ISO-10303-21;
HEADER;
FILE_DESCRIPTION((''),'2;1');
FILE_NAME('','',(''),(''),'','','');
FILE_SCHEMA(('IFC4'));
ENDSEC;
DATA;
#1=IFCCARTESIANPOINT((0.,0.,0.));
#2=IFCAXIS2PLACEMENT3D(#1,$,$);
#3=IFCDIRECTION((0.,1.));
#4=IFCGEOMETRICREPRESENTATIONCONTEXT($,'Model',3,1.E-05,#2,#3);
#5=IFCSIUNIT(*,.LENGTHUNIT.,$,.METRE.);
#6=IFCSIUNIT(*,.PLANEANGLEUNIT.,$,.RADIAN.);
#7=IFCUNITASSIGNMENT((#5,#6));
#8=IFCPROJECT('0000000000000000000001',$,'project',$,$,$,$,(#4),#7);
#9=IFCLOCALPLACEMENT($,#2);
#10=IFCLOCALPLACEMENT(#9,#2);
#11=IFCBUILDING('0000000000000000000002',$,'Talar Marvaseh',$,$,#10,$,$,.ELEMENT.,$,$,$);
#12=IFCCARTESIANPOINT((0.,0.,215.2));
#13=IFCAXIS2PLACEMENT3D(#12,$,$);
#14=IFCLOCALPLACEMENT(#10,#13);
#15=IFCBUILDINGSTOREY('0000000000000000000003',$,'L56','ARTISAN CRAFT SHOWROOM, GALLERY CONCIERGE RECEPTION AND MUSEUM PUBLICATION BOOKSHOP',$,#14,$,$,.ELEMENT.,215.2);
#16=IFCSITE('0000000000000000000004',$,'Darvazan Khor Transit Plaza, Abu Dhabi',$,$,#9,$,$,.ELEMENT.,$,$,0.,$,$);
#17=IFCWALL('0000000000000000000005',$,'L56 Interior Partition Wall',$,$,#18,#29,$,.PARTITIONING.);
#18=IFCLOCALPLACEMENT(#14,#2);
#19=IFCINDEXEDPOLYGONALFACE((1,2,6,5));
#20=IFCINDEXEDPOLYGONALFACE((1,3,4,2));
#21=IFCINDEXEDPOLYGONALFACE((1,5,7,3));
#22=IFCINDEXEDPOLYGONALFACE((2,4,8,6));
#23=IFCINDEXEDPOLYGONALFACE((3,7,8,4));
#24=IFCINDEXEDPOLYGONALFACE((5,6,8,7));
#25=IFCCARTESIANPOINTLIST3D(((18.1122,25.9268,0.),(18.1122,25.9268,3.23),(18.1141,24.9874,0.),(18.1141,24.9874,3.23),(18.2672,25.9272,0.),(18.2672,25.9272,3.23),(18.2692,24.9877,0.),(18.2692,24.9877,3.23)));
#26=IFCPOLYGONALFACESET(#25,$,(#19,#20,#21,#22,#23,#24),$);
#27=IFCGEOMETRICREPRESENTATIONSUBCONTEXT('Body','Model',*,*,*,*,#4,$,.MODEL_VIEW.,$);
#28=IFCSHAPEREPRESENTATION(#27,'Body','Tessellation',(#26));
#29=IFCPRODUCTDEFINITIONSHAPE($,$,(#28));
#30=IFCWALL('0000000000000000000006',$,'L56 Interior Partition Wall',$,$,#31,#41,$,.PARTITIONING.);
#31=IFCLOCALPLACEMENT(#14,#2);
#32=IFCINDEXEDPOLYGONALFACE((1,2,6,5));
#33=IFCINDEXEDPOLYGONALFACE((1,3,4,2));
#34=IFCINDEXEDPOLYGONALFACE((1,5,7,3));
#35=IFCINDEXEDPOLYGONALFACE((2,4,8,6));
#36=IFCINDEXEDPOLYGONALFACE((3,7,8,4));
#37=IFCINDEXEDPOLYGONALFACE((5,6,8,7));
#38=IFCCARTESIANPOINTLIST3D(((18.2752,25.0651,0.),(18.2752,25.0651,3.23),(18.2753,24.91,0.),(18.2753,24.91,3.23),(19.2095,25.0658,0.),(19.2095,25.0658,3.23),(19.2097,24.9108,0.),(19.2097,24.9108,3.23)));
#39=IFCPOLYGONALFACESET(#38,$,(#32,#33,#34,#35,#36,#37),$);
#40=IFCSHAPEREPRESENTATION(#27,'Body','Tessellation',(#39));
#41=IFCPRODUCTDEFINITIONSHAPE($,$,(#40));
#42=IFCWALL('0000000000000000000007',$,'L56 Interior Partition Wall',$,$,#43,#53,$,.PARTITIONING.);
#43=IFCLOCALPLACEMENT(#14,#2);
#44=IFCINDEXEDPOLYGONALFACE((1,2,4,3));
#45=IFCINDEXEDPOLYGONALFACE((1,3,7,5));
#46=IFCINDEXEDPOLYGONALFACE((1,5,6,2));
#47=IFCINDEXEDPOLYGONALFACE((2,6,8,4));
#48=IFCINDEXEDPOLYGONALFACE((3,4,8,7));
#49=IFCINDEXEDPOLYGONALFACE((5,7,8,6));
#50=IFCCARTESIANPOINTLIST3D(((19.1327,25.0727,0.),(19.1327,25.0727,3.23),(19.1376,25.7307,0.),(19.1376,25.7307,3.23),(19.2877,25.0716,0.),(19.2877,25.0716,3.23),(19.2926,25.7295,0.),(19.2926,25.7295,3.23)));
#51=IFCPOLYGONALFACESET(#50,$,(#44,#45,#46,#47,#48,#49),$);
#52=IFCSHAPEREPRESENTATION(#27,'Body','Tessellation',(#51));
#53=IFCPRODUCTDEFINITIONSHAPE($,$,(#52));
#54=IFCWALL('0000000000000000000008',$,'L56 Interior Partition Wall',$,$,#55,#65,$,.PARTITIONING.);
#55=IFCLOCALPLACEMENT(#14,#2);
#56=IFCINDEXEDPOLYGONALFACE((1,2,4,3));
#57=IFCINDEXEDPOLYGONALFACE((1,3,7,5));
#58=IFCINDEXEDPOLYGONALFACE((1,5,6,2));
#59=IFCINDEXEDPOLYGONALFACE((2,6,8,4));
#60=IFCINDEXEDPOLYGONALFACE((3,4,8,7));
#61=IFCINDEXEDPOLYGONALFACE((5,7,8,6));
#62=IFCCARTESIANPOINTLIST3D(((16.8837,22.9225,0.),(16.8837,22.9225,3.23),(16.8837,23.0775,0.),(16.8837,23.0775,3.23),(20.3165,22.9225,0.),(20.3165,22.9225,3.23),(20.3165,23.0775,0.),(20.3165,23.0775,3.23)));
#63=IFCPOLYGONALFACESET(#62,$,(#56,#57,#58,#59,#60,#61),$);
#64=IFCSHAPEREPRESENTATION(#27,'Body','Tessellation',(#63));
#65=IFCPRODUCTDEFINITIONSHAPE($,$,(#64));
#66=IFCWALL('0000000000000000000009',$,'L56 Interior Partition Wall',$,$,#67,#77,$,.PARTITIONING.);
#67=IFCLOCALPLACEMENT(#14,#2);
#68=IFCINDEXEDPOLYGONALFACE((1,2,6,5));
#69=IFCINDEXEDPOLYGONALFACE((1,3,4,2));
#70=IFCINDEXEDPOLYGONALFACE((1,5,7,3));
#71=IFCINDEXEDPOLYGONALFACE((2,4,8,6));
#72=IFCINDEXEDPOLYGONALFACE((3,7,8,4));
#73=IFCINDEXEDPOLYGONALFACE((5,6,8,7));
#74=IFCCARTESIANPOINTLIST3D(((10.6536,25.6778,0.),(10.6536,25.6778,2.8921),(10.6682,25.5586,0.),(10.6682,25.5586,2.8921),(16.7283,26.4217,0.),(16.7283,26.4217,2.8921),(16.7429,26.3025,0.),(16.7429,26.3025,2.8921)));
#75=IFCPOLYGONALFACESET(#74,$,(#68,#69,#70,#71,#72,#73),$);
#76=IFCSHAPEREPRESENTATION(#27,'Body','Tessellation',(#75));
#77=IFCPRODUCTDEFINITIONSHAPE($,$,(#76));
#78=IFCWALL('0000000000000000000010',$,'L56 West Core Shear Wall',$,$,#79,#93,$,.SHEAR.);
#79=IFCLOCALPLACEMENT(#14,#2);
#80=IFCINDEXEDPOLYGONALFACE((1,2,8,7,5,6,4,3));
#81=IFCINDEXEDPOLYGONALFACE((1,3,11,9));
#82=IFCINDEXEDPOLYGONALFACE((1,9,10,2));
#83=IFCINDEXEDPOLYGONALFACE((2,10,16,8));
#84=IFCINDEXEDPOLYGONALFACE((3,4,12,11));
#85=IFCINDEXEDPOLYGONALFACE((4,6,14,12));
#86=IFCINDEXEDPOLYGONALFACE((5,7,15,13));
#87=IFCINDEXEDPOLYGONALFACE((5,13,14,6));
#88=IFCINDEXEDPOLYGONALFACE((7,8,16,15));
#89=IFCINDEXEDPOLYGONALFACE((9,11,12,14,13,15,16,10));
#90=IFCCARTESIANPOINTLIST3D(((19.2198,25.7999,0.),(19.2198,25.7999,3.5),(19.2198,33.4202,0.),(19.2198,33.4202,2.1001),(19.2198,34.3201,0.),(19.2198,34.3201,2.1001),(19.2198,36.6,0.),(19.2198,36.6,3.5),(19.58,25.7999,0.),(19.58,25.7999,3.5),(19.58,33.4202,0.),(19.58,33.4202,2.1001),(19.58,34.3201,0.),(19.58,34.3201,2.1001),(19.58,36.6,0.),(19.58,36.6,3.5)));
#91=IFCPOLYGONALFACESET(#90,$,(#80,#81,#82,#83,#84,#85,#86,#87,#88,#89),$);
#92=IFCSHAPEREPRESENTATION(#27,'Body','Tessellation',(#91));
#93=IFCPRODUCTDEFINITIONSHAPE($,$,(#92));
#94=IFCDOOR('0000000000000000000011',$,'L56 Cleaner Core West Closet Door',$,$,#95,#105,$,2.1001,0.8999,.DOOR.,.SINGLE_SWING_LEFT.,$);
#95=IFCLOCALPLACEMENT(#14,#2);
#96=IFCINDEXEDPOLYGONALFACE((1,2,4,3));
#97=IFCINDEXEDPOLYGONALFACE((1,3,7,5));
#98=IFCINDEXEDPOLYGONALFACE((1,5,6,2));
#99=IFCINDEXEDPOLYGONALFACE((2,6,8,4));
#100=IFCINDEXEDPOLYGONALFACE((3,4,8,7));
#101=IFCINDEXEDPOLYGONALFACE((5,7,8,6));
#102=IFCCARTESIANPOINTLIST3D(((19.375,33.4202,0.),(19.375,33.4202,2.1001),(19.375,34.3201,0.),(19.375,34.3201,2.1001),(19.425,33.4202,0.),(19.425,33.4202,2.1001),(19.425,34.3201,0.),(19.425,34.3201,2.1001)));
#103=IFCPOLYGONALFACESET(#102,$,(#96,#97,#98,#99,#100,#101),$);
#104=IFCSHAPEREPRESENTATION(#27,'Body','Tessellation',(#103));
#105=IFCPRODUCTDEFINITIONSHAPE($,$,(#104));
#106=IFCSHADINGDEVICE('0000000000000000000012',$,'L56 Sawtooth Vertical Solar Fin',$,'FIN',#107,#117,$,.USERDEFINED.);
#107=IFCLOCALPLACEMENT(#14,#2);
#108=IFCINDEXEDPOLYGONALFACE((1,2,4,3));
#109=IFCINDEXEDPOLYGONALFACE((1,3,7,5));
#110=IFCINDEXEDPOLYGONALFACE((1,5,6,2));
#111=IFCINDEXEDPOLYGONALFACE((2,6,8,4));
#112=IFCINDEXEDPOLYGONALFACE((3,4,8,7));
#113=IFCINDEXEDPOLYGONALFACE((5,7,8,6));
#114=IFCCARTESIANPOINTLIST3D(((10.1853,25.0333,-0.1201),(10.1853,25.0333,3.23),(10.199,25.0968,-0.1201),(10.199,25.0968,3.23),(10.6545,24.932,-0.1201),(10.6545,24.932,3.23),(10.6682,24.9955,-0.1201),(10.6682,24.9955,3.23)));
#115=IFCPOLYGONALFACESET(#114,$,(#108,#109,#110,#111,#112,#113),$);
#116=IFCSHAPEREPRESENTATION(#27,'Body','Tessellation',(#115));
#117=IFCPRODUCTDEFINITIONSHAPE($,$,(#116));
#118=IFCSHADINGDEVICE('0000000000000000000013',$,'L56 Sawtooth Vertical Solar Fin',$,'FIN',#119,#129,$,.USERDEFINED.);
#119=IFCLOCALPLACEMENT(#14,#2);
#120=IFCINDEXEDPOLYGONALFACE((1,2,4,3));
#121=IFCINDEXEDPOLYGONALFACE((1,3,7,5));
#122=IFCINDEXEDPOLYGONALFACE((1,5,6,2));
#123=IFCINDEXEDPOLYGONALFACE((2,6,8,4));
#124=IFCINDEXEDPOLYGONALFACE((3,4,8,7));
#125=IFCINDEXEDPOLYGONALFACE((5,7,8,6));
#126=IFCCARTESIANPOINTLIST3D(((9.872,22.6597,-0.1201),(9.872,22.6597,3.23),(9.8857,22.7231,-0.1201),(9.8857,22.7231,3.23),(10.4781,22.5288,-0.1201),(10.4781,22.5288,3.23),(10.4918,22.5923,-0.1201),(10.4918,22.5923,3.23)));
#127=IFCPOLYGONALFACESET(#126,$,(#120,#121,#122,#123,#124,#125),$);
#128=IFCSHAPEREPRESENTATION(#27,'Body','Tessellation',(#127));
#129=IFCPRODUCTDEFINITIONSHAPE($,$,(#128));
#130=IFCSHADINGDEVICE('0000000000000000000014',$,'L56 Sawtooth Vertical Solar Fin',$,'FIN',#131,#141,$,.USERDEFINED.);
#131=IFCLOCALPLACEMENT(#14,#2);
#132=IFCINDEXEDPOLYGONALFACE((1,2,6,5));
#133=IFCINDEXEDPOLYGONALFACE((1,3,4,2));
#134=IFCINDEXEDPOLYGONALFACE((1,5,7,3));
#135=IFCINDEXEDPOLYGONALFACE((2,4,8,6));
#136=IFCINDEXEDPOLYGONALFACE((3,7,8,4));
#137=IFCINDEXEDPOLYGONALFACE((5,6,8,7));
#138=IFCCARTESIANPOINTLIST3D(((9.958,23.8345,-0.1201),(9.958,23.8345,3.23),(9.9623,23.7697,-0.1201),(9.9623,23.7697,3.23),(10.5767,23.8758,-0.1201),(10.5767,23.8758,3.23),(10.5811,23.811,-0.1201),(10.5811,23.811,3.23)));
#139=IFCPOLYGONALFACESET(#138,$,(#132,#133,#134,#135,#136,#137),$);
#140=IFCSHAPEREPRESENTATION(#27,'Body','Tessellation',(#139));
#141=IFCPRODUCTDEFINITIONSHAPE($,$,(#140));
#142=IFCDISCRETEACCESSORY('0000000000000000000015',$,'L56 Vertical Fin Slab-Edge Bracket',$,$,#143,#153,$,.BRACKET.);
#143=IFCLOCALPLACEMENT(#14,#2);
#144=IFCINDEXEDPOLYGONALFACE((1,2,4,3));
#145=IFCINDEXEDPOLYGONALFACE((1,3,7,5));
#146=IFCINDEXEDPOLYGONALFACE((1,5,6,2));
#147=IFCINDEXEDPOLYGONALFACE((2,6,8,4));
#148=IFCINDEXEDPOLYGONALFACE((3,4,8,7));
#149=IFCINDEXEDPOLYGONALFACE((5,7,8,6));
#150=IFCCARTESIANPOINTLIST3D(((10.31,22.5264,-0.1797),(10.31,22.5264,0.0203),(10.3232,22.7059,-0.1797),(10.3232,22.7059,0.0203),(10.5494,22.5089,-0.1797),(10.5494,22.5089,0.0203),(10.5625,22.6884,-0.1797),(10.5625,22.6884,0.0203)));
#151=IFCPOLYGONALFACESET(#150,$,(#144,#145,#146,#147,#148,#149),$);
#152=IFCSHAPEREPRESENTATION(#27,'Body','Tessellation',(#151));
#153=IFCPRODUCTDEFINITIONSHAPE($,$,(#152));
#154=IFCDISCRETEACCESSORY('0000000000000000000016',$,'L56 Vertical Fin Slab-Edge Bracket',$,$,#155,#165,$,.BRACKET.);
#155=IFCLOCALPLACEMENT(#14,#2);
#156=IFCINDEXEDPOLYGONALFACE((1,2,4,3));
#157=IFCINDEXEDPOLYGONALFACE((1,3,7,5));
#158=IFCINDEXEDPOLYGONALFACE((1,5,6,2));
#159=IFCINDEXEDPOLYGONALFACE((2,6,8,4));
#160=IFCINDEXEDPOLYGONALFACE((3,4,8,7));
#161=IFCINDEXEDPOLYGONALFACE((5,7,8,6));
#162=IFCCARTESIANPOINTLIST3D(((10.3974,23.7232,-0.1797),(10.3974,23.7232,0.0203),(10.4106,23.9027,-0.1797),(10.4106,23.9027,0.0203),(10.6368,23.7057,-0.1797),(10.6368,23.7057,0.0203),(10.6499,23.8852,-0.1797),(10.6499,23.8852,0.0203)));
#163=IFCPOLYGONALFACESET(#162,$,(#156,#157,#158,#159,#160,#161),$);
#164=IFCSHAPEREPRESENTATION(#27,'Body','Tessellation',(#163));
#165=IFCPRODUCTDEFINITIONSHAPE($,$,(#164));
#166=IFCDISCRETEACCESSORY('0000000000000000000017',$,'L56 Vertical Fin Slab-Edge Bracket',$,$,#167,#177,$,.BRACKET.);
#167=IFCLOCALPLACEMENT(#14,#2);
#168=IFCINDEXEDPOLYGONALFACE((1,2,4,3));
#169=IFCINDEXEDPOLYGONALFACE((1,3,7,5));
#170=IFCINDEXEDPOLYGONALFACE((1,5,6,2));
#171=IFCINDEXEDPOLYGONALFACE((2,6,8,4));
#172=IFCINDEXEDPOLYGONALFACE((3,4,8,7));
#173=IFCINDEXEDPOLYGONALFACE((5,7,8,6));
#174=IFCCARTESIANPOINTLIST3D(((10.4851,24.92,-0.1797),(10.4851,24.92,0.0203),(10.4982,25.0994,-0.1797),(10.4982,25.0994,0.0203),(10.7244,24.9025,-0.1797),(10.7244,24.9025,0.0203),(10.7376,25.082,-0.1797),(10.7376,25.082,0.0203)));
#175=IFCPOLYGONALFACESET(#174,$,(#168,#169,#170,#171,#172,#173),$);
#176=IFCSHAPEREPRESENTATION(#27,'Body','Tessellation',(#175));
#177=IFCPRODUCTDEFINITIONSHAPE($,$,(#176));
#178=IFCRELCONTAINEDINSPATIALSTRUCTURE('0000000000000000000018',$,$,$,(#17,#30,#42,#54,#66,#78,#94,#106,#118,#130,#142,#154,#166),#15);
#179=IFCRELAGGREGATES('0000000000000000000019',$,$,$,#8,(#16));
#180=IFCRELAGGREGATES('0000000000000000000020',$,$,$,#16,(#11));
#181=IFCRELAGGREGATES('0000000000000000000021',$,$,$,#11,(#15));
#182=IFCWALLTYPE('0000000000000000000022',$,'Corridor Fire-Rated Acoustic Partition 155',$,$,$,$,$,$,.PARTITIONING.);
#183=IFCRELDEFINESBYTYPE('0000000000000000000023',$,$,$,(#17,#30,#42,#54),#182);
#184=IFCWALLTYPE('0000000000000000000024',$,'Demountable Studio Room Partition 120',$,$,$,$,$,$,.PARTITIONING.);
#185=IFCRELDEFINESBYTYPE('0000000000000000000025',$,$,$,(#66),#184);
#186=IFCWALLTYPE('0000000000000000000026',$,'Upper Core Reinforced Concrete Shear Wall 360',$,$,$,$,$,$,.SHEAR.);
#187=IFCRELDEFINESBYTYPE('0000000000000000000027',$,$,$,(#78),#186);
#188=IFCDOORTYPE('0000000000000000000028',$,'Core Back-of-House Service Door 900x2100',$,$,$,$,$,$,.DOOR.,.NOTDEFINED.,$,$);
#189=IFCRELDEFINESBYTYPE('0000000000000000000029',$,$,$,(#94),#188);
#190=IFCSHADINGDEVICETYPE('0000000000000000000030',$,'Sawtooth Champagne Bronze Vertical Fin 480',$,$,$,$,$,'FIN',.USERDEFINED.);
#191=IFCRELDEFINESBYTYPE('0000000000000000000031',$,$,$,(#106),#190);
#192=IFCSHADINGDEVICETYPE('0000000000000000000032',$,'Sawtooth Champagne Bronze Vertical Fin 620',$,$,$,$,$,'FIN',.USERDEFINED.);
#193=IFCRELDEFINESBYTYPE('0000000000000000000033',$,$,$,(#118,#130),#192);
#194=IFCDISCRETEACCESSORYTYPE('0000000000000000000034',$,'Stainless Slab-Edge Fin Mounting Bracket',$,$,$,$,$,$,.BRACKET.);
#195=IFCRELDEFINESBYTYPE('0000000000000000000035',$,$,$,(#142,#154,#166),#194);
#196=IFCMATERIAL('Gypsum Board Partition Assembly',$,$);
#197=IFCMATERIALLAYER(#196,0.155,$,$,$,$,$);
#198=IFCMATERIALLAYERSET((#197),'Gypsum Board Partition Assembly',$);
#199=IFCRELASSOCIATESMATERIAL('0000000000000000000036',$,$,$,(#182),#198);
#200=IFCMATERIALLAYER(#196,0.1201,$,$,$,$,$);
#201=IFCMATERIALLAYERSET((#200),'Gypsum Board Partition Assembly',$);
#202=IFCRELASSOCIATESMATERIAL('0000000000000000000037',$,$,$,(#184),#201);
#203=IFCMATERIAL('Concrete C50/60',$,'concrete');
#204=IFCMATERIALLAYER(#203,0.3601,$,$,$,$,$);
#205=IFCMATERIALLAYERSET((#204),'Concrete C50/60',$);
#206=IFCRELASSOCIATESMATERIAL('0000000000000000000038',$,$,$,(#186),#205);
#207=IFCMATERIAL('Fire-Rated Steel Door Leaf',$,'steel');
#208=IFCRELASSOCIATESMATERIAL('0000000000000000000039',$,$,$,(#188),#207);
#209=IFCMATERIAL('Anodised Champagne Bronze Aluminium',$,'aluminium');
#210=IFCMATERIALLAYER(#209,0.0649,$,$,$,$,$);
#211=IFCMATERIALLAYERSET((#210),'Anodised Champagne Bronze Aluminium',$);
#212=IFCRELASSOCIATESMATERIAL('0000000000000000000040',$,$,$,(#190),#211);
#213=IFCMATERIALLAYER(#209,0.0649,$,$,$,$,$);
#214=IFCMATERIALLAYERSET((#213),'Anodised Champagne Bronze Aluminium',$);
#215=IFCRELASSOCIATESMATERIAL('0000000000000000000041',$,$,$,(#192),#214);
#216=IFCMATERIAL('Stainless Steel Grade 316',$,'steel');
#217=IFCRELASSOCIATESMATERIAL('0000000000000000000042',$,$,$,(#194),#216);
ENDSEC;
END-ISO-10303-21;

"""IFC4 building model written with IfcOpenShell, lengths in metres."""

from ifc_helpers import new_model, si_unit, direction, frame, frame_2d, origin, origin_2d, place, context, subcontext, project, spatial, rectangle, extrude, source, transform, mapped, material, layer, layer_set, type_object, type_shapes, element, fill, save


model = new_model("IFC4")

# Units and contexts
model_context = context("Model", 3, precision=1e-05, world=origin(), true_north=direction((0.0, 1.0)))
body_context = subcontext(model_context, "Body", "Model", "MODEL_VIEW")
ifc_project = project(units=[si_unit("LENGTHUNIT", "METRE"), si_unit("PLANEANGLEUNIT", "RADIAN")], contexts=[model_context])

# Site, building, storey
site_placement = place(None, origin())
site = spatial("IfcSite", under=ifc_project, at=site_placement, Name="Darvazan Khor Transit Plaza, Abu Dhabi", CompositionType="ELEMENT", RefElevation=0.0)
building_placement = place(site_placement, origin())
building = spatial("IfcBuilding", under=site, at=building_placement, Name="Talar Marvaseh", CompositionType="ELEMENT")
storey_placement = place(building_placement, frame((0.0, 0.0, 215.2)))
storey = spatial("IfcBuildingStorey", under=building, at=storey_placement, Name="L56", Description="ARTISAN CRAFT SHOWROOM, GALLERY CONCIERGE RECEPTION AND MUSEUM PUBLICATION BOOKSHOP", CompositionType="ELEMENT", Elevation=215.2)

# Shared definitions
ifc_material_1 = material(Name="Gypsum Board Partition Assembly")
ifc_layer_1 = layer(ifc_material_1, 0.155)
ifc_layer_set_1 = layer_set([ifc_layer_1], Name="Gypsum Board Partition Assembly")
wall_type_1 = type_object("IfcWallType", Name="Corridor Fire-Rated Acoustic Partition 155", PredefinedType="PARTITIONING", material=ifc_layer_set_1)

# Walls
wall_1_placement = place(storey_placement, frame((18.1897, 25.927, 0.0), z_axis=(0.0, 0.0, 1.0), x_axis=(0.002079, -0.999998, 0.0)))
element("IfcWall", 1, at=wall_1_placement, inside=storey, type_object=wall_type_1, Name="L56 Interior Partition Wall", PredefinedType="PARTITIONING", context=body_context, shape_type="SweptSolid", body=[
    extrude(rectangle(XDim=0.9395, YDim=0.155, at=frame_2d((0.4697, 0.0))), origin(), (0.0, 0.0, 1.0), 3.23),
])
wall_2_placement = place(storey_placement, frame((18.2751, 24.9875, 0.0), z_axis=(0.0, 0.0, 1.0), x_axis=(1.0, 0.000784, 0.0)))
element("IfcWall", 2, at=wall_2_placement, inside=storey, type_object=wall_type_1, Name="L56 Interior Partition Wall", PredefinedType="PARTITIONING", context=body_context, shape_type="SweptSolid", body=[
    extrude(rectangle(XDim=0.9343, YDim=0.155, at=frame_2d((0.4673, 0.0))), origin(), (0.0, 0.0, 1.0), 3.23),
])
wall_3_placement = place(storey_placement, frame((19.2102, 25.072, 0.0), z_axis=(0.0, 0.0, 1.0), x_axis=(0.007421, 0.999972, 0.0)))
element("IfcWall", 3, at=wall_3_placement, inside=storey, type_object=wall_type_1, Name="L56 Interior Partition Wall", PredefinedType="PARTITIONING", context=body_context, shape_type="SweptSolid", body=[
    extrude(rectangle(XDim=0.658, YDim=0.155, at=frame_2d((0.3291, 0.0))), origin(), (0.0, 0.0, 1.0), 3.23),
])
wall_4_placement = place(storey_placement, frame((20.3164, 23.0, 0.0), z_axis=(0.0, 0.0, 1.0), x_axis=(-1.0, 0.0, 0.0)))
element("IfcWall", 4, at=wall_4_placement, inside=storey, type_object=wall_type_1, Name="L56 Interior Partition Wall", PredefinedType="PARTITIONING", context=body_context, shape_type="SweptSolid", body=[
    extrude(rectangle(XDim=3.4329, YDim=0.155, at=frame_2d((1.7163, 0.0))), origin(), (0.0, 0.0, 1.0), 3.23),
])
ifc_layer_2 = layer(ifc_material_1, 0.1201)
ifc_layer_set_2 = layer_set([ifc_layer_2], Name="Gypsum Board Partition Assembly")
wall_type_2 = type_object("IfcWallType", Name="Demountable Studio Room Partition 120", PredefinedType="PARTITIONING", material=ifc_layer_set_2)
wall_5_placement = place(storey_placement, frame((10.6609, 25.6182, 0.0), z_axis=(0.0, 0.0, 1.0), x_axis=(0.992585, 0.12155, 0.0)))
element("IfcWall", 5, at=wall_5_placement, inside=storey, type_object=wall_type_2, Name="L56 Interior Partition Wall", PredefinedType="PARTITIONING", context=body_context, shape_type="SweptSolid", body=[
    extrude(rectangle(XDim=6.1201, YDim=0.1201, at=frame_2d((3.0601, 0.0))), origin(), (0.0, 0.0, 1.0), 2.8921),
])

# Wall, opening, door
ifc_material_2 = material(Name="Concrete C50/60", Category="concrete")
ifc_layer_3 = layer(ifc_material_2, 0.3601)
ifc_layer_set_3 = layer_set([ifc_layer_3], Name="Concrete C50/60")
wall_type_3 = type_object("IfcWallType", Name="Upper Core Reinforced Concrete Shear Wall 360", PredefinedType="SHEAR", material=ifc_layer_set_3)
wall_6_placement = place(storey_placement, frame((19.3999, 25.8, 0.0), z_axis=(0.0, 0.0, 1.0), x_axis=(0.0, 1.0, 0.0)))
wall_6 = element("IfcWall", 6, at=wall_6_placement, inside=storey, type_object=wall_type_3, Name="L56 West Core Shear Wall", PredefinedType="SHEAR", context=body_context, shape_type="SweptSolid", body=[
    extrude(rectangle(XDim=10.8, YDim=0.3601, at=frame_2d((5.3999, 0.0))), origin(), (0.0, 0.0, 1.0), 3.5),
])
opening_1_placement = place(wall_6_placement, frame((7.6201, 0.0, 0.0)))
opening_1 = element("IfcOpeningElement", 7, at=opening_1_placement, cuts=wall_6, PredefinedType="OPENING", context=body_context, shape_type="SweptSolid", body=[
    extrude(rectangle(XDim=0.8999, YDim=2.1001, at=frame_2d((0.45, 1.05))), frame((0.0, 0.1899, 0.0), z_axis=(0.0, -1.0, 0.0), x_axis=(1.0, 0.0, 0.0)), (0.0, 0.0, 1.0), 0.3801),
])
ifc_material_3 = material(Name="Fire-Rated Steel Door Leaf", Category="steel")
door_type_1 = type_object("IfcDoorType", Name="Core Back-of-House Service Door 900x2100", OperationType="NOTDEFINED", PredefinedType="DOOR", material=ifc_material_3)
shared_shape_1 = source(origin(), body_context, "Body", "SweptSolid", [
    extrude(rectangle(XDim=0.8999, YDim=2.1001, at=frame_2d((0.45, 1.05))), frame((0.0, 0.0249, 0.0), z_axis=(0.0, -1.0, 0.0), x_axis=(1.0, 0.0, 0.0)), (0.0, 0.0, 1.0), 0.05),
])
type_shapes(door_type_1, [shared_shape_1])
door_1_placement = place(opening_1_placement, origin())
door_1 = element("IfcDoor", 8, at=door_1_placement, inside=storey, type_object=door_type_1, Name="L56 Cleaner Core West Closet Door", OperationType="SINGLE_SWING_LEFT", OverallHeight=2.1001, OverallWidth=0.8999, PredefinedType="DOOR", context=body_context, shape_type="MappedRepresentation", body=[
    mapped(shared_shape_1, transform((0.0, 0.0, 0.0), x_axis=(1.0, 0.0, 0.0), y_axis=(0.0, 1.0, 0.0), z_axis=(0.0, 0.0, 1.0), scale=1.0)),
])
fill(opening_1, door_1)

# Shading devices
ifc_material_4 = material(Name="Anodised Champagne Bronze Aluminium", Category="aluminium")
ifc_layer_4 = layer(ifc_material_4, 0.0649)
ifc_layer_set_4 = layer_set([ifc_layer_4], Name="Anodised Champagne Bronze Aluminium")
shading_device_type_1 = type_object("IfcShadingDeviceType", Name="Sawtooth Champagne Bronze Vertical Fin 480", ElementType="FIN", PredefinedType="USERDEFINED", material=ifc_layer_set_4)
shared_shape_2 = source(origin(), body_context, "Body", "SweptSolid", [
    extrude(rectangle(XDim=0.48, YDim=0.0649, at=origin_2d()), origin(), (0.0, 0.0, 1.0), 3.3501),
])
type_shapes(shading_device_type_1, [shared_shape_2])
shading_device_placement = place(storey_placement, frame((10.4268, 25.0144, -0.1201), z_axis=(0.0, 0.0, 1.0), x_axis=(-0.97749, 0.210984, 0.0)))
element("IfcShadingDevice", 9, at=shading_device_placement, inside=storey, type_object=shading_device_type_1, Name="L56 Sawtooth Vertical Solar Fin", ObjectType="FIN", PredefinedType="USERDEFINED", context=body_context, shape_type="MappedRepresentation", body=[
    mapped(shared_shape_2, transform((0.0, 0.0, 0.0), x_axis=(1.0, 0.0, 0.0), y_axis=(0.0, 1.0, 0.0), z_axis=(0.0, 0.0, 1.0), scale=1.0)),
])
ifc_layer_5 = layer(ifc_material_4, 0.0649)
ifc_layer_set_5 = layer_set([ifc_layer_5], Name="Anodised Champagne Bronze Aluminium")
shading_device_type_2 = type_object("IfcShadingDeviceType", Name="Sawtooth Champagne Bronze Vertical Fin 620", ElementType="FIN", PredefinedType="USERDEFINED", material=ifc_layer_set_5)
shared_shape_3 = source(origin(), body_context, "Body", "SweptSolid", [
    extrude(rectangle(XDim=0.6201, YDim=0.0649, at=origin_2d()), origin(), (0.0, 0.0, 1.0), 3.3501),
])
type_shapes(shading_device_type_2, [shared_shape_3])
for number, where, z_axis, x_axis, name in (
    (10, (10.1819, 22.626, -0.1201), (0.0, 0.0, 1.0), (-0.97749, 0.210984, 0.0), "L56 Sawtooth Vertical Solar Fin"),
    (11, (10.2695, 23.8228, -0.1201), (0.0, 0.0, 1.0), (-0.997778, -0.066622, 0.0), "L56 Sawtooth Vertical Solar Fin"),
):
    element("IfcShadingDevice", number, at=place(storey_placement, frame(where, z_axis=z_axis, x_axis=x_axis)), inside=storey, type_object=shading_device_type_2, Name=name, ObjectType="FIN", PredefinedType="USERDEFINED", context=body_context, shape_type="MappedRepresentation", body=[
        mapped(shared_shape_3, transform((0.0, 0.0, 0.0), x_axis=(1.0, 0.0, 0.0), y_axis=(0.0, 1.0, 0.0), z_axis=(0.0, 0.0, 1.0), scale=1.0)),
    ])

# Discrete accessories
ifc_material_5 = material(Name="Stainless Steel Grade 316", Category="steel")
discrete_accessory_type = type_object("IfcDiscreteAccessoryType", Name="Stainless Slab-Edge Fin Mounting Bracket", PredefinedType="BRACKET", material=ifc_material_5)
shared_shape_4 = source(origin(), body_context, "Body", "SweptSolid", [
    extrude(rectangle(XDim=0.24, YDim=0.1799, at=origin_2d()), origin(), (0.0, 0.0, 1.0), 0.2),
])
type_shapes(discrete_accessory_type, [shared_shape_4])
for number, where, z_axis, x_axis, name in (
    (12, (10.4363, 22.6074, -0.1797), (0.0, 0.0, 1.0), (-0.99734, 0.07289, 0.0), "L56 Vertical Fin Slab-Edge Bracket"),
    (13, (10.5237, 23.8042, -0.1797), (0.0, 0.0, 1.0), (-0.99734, 0.07289, 0.0), "L56 Vertical Fin Slab-Edge Bracket"),
    (14, (10.6113, 25.001, -0.1797), (0.0, 0.0, 1.0), (-0.99734, 0.07289, 0.0), "L56 Vertical Fin Slab-Edge Bracket"),
):
    element("IfcDiscreteAccessory", number, at=place(storey_placement, frame(where, z_axis=z_axis, x_axis=x_axis)), inside=storey, type_object=discrete_accessory_type, Name=name, PredefinedType="BRACKET", context=body_context, shape_type="MappedRepresentation", body=[
        mapped(shared_shape_4, transform((0.0, 0.0, 0.0), x_axis=(1.0, 0.0, 0.0), y_axis=(0.0, 1.0, 0.0), z_axis=(0.0, 0.0, 1.0), scale=1.0)),
    ])

save(model, "model.ifc")
